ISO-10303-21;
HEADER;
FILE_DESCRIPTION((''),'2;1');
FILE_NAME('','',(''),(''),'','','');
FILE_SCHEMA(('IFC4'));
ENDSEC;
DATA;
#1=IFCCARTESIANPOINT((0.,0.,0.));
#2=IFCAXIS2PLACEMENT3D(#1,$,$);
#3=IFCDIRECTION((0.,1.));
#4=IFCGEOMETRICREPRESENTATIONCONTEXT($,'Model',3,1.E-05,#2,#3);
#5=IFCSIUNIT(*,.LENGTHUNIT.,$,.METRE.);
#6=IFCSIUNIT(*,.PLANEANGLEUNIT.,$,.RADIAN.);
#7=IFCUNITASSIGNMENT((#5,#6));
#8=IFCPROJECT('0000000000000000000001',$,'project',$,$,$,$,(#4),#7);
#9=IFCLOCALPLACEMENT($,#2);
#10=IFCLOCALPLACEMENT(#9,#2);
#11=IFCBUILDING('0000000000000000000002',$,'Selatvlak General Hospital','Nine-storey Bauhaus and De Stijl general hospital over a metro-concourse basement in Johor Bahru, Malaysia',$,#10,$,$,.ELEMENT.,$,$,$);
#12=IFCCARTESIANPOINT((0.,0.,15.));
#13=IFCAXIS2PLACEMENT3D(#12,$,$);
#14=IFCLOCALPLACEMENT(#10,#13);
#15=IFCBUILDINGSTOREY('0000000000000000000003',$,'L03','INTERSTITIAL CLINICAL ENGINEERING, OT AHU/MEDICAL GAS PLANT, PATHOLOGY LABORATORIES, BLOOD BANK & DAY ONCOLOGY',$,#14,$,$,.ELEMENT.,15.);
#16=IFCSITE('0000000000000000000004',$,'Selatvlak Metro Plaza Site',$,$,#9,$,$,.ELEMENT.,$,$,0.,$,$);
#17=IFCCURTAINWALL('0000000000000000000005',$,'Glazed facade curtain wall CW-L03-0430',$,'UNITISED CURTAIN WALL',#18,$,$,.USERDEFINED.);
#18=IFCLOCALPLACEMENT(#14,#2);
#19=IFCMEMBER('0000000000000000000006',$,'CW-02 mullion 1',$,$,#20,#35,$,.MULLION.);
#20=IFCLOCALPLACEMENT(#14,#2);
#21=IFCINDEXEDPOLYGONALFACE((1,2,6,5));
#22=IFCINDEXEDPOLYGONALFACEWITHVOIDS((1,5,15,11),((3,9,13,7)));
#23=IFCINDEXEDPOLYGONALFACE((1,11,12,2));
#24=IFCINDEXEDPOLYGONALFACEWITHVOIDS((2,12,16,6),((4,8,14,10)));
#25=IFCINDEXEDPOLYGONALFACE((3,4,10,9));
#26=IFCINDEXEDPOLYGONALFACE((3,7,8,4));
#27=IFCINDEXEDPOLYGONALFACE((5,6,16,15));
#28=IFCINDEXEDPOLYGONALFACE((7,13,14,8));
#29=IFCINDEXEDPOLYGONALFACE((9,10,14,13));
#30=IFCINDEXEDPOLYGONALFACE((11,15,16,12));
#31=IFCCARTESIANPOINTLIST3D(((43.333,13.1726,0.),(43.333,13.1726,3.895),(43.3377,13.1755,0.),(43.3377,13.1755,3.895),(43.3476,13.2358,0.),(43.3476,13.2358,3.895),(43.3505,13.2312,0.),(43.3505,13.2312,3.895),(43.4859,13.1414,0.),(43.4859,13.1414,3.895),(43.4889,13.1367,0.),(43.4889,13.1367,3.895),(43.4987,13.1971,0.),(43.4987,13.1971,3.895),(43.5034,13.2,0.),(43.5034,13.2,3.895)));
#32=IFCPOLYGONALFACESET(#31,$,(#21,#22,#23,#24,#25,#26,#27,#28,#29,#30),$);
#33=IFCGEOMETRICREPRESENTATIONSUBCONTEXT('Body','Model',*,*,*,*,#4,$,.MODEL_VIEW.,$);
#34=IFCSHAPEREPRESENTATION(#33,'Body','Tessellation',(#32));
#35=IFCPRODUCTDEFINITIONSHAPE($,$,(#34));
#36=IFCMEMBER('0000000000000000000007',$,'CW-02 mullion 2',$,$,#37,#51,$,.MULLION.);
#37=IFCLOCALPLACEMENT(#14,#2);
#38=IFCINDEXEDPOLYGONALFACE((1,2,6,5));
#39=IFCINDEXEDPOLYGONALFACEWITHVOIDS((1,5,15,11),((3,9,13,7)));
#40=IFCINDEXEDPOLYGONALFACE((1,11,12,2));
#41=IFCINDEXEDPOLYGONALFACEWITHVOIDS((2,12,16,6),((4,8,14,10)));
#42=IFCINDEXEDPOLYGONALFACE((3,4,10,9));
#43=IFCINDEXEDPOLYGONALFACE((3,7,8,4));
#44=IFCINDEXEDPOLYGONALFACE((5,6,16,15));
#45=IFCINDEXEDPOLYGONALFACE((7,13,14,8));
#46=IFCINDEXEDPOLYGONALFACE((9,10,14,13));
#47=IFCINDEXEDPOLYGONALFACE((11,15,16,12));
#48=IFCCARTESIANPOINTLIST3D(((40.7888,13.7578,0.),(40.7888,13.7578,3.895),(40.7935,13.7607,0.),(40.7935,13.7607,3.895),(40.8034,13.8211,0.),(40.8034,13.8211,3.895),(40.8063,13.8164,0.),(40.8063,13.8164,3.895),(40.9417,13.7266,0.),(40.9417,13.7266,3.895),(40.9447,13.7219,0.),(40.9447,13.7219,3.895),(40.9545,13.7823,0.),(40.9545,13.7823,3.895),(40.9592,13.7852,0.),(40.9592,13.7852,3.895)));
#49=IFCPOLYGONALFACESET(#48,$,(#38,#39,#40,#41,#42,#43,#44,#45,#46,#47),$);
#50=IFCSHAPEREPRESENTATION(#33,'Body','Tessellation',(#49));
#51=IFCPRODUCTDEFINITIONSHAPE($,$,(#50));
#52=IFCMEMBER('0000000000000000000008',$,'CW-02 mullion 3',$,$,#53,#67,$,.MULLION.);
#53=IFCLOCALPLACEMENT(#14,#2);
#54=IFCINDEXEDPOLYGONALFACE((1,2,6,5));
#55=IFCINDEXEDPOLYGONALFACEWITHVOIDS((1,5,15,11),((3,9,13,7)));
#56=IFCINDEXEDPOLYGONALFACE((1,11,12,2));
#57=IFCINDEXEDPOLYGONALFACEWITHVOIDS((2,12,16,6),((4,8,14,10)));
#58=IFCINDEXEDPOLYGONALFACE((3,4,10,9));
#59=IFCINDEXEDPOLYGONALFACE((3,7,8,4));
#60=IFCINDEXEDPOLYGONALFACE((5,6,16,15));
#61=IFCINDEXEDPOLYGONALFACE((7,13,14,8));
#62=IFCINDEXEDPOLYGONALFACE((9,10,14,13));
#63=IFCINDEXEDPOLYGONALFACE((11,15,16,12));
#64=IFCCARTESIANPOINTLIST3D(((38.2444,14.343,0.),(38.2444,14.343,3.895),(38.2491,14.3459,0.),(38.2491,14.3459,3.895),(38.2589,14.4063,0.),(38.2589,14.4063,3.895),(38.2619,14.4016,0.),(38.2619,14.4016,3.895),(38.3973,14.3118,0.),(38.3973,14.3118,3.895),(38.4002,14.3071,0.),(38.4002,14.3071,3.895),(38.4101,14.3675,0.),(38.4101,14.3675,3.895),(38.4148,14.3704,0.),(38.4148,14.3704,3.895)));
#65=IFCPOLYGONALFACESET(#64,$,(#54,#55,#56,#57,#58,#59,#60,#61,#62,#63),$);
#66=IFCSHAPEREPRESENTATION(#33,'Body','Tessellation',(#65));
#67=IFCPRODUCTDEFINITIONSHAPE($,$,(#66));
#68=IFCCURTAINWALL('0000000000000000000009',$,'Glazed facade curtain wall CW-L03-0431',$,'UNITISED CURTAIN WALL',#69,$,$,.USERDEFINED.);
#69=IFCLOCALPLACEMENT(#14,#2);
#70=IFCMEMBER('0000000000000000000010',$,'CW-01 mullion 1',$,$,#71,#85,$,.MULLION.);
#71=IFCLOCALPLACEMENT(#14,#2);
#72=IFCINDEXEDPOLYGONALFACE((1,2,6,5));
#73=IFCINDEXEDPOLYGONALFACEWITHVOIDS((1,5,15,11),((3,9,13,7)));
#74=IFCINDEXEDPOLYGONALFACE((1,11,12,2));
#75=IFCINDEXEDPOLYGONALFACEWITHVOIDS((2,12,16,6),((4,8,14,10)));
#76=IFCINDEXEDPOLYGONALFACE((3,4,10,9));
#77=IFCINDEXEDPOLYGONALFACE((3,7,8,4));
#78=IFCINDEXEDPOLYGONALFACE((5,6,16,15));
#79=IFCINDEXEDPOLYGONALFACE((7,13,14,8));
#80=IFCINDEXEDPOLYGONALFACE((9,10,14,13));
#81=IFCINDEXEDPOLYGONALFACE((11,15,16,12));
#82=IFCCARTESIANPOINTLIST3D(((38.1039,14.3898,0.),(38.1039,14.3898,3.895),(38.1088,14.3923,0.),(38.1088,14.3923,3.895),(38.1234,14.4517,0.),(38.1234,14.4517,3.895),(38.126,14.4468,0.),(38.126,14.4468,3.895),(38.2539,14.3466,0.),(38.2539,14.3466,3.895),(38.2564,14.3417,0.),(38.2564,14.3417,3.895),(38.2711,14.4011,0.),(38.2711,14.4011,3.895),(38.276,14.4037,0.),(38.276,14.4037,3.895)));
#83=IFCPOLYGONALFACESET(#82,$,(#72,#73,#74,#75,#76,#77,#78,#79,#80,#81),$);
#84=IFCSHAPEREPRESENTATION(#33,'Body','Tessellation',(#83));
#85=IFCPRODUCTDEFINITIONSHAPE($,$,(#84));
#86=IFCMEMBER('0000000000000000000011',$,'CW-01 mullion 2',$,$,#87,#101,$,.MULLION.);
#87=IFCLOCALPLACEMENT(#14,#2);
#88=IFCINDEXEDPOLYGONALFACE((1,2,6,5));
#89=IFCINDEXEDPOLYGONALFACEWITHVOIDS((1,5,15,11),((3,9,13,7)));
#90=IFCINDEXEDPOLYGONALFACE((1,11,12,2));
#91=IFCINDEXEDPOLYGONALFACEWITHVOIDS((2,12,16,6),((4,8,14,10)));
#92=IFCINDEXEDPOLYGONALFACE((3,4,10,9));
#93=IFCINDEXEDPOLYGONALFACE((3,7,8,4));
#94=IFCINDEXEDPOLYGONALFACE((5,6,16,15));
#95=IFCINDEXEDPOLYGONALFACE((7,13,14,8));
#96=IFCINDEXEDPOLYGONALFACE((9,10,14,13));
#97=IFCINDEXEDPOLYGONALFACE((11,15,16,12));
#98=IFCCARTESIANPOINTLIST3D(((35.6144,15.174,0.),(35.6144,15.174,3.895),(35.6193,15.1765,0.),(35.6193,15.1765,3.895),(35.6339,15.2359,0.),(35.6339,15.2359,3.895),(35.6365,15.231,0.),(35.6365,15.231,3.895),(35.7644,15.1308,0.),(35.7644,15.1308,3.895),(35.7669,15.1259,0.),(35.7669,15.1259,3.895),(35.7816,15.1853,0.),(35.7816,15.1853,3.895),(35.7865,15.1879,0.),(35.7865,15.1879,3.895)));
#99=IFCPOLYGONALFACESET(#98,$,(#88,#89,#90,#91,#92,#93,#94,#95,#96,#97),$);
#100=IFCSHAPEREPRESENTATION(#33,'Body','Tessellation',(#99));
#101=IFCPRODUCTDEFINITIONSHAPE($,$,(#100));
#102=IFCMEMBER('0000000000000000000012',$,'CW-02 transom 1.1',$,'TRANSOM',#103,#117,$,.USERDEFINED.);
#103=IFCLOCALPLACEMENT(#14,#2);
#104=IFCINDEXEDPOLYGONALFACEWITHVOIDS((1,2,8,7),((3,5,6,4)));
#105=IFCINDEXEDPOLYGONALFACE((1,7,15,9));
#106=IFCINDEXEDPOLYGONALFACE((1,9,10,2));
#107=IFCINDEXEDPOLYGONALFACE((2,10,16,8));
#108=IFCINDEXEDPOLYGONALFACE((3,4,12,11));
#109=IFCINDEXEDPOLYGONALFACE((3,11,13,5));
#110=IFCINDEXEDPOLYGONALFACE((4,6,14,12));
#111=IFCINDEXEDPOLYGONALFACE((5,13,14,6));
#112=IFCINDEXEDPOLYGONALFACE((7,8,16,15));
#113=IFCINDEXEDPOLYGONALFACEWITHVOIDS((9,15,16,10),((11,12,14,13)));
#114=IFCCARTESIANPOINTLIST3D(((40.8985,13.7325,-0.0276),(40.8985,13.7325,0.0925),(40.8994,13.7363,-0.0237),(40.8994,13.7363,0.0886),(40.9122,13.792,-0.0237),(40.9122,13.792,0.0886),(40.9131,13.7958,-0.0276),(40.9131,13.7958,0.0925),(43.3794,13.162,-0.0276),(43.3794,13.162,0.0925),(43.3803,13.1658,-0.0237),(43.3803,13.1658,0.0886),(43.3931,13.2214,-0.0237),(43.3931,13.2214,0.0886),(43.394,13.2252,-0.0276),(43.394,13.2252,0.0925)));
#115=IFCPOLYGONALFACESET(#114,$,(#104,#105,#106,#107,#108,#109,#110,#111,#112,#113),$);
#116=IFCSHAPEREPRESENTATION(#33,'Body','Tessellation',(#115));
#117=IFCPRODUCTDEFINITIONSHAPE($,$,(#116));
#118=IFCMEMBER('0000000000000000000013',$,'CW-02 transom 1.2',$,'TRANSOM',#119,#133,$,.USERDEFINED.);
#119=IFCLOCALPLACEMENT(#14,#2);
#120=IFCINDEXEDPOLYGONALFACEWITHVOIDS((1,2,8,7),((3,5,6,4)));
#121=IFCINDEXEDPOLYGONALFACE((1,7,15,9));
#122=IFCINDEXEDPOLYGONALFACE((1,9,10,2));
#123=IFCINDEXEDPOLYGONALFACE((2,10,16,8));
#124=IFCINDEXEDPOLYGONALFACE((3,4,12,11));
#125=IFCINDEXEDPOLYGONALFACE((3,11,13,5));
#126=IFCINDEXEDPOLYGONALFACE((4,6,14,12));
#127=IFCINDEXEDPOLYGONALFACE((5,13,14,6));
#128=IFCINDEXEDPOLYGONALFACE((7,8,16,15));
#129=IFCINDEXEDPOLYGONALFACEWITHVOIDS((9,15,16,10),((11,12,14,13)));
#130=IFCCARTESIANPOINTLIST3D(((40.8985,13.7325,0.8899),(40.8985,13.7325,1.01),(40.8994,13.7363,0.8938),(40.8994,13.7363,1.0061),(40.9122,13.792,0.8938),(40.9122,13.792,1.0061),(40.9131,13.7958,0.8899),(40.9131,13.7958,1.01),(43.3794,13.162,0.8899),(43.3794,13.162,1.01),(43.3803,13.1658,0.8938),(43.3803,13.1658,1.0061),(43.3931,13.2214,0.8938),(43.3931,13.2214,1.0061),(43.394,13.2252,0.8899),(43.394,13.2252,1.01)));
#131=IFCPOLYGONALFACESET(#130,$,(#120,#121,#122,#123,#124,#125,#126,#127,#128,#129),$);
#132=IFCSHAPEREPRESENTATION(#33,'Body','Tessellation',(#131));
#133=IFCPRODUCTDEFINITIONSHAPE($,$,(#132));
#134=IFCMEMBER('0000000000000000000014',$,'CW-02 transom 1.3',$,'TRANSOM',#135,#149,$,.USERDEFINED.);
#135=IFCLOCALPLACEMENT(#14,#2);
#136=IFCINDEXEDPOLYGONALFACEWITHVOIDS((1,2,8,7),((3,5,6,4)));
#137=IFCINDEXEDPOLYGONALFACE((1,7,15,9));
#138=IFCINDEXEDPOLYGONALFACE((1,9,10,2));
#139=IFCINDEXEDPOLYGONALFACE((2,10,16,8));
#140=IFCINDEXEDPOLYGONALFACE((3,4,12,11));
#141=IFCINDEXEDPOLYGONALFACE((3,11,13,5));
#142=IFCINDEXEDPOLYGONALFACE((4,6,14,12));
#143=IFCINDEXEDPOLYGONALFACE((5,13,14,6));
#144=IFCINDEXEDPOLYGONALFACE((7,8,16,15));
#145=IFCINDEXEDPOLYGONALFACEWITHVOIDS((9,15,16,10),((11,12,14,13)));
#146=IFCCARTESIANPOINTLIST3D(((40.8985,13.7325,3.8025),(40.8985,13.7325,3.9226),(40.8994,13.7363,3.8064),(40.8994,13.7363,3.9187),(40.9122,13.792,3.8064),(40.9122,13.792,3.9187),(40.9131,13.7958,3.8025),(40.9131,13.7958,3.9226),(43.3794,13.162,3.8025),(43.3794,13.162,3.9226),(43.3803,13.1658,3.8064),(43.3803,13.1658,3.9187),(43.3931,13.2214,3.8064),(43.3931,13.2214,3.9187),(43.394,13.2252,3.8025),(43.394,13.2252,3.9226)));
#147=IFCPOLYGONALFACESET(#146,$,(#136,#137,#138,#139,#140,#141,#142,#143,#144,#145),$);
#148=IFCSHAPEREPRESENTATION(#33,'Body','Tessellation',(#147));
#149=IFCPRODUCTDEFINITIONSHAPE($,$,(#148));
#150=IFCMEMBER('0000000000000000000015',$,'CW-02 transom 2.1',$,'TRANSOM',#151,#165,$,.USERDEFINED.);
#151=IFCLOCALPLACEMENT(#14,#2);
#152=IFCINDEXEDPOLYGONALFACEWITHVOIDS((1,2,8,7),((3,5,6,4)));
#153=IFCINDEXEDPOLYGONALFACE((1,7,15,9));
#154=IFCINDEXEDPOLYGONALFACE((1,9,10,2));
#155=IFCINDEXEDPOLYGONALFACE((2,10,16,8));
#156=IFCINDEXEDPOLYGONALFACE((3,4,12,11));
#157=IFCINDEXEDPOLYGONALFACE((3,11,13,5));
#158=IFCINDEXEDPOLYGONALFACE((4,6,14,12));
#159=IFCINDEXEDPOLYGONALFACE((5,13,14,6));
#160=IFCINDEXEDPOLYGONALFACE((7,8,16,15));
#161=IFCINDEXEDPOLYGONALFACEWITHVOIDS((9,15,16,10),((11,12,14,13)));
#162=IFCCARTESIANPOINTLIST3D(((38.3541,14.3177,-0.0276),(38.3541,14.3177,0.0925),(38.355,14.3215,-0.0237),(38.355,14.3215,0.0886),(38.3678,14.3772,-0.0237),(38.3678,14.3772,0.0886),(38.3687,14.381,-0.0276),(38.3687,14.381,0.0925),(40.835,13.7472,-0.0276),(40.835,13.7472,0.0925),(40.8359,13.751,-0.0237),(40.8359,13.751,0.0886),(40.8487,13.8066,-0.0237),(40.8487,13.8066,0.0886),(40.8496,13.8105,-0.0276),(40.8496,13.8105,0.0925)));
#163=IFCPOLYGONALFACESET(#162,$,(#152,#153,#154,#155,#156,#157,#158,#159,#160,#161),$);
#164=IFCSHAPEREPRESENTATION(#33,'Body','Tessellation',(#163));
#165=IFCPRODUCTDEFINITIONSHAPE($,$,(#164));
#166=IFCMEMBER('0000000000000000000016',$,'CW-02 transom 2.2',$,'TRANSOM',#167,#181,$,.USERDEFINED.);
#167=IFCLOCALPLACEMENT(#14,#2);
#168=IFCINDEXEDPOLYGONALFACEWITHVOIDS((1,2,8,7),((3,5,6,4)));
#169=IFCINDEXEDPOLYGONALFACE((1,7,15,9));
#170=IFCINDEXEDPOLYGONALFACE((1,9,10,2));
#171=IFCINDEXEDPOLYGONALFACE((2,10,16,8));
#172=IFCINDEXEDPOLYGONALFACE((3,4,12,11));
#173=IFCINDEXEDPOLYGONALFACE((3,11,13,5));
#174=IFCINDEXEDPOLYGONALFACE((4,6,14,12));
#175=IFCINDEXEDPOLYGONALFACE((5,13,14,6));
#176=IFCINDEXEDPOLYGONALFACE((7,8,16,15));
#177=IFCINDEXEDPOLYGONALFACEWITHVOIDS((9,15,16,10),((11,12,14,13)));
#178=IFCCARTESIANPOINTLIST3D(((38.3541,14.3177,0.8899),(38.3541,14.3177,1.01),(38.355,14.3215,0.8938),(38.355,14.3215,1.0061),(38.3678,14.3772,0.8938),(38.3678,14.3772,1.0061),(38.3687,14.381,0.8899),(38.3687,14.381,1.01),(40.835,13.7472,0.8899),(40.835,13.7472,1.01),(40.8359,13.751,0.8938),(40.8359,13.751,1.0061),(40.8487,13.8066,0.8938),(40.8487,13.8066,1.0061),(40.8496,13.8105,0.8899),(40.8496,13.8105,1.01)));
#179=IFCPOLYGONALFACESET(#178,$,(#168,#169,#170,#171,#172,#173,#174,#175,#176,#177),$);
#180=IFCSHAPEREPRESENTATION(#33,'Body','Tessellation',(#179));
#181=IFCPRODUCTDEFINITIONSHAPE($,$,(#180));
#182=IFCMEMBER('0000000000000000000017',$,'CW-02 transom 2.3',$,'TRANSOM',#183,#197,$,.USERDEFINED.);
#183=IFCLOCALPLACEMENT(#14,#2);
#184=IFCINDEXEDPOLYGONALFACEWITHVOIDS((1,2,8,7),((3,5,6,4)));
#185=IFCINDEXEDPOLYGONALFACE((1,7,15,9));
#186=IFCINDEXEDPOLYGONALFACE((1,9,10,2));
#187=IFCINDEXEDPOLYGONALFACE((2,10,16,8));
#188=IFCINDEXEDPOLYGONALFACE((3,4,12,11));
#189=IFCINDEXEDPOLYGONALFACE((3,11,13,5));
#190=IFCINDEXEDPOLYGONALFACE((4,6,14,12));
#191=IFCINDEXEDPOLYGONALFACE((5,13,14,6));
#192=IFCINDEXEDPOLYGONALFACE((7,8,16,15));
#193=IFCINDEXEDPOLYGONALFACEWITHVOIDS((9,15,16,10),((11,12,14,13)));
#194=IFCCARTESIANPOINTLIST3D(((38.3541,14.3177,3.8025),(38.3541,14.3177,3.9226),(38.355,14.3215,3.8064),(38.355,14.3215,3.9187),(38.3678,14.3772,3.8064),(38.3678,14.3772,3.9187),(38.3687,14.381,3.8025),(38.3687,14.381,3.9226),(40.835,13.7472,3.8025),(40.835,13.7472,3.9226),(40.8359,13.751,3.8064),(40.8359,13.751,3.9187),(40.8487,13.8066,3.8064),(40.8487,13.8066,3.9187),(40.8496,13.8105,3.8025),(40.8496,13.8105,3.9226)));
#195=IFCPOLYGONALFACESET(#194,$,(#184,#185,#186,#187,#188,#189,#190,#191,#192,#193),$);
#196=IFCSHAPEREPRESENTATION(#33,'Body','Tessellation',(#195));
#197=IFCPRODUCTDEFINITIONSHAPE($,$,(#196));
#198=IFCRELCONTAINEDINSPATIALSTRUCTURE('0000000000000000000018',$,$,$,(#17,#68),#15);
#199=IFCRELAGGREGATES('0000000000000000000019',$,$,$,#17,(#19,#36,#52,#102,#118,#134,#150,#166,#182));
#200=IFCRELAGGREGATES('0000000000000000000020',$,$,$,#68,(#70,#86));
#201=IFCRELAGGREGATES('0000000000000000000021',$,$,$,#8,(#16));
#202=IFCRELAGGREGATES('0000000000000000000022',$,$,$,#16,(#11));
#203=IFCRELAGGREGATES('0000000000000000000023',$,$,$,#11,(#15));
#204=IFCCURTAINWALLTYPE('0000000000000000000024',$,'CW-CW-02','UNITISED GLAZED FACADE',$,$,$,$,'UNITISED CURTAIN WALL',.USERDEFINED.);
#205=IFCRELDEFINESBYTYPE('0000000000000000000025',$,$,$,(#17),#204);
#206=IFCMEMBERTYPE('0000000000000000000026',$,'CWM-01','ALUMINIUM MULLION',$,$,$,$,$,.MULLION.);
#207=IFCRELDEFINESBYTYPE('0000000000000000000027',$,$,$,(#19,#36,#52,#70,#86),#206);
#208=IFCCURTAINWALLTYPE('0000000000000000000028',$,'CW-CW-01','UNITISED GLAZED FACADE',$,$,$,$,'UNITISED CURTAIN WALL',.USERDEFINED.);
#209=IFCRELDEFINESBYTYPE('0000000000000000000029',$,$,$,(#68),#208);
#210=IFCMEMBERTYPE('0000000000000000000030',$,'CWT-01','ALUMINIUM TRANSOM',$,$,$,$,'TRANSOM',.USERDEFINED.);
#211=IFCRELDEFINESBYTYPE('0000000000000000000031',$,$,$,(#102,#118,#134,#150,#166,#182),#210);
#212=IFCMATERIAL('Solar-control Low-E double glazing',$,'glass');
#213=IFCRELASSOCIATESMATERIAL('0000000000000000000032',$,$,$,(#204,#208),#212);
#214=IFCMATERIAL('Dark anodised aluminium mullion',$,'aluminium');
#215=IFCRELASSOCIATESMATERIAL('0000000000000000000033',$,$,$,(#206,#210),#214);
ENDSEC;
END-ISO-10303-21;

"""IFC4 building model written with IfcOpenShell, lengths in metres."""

from ifc_helpers import new_model, si_unit, direction, frame, origin, origin_2d, place, context, subcontext, project, spatial, hollow_rectangle, extrude, material, material_profile, profile_set, type_object, element, aggregate, save


model = new_model("IFC4")

# Units and contexts
model_context = context("Model", 3, precision=1e-05, world=origin(), true_north=direction((0.0, 1.0)))
body_context = subcontext(model_context, "Body", "Model", "MODEL_VIEW")
ifc_project = project(units=[si_unit("LENGTHUNIT", "METRE"), si_unit("PLANEANGLEUNIT", "RADIAN")], contexts=[model_context])

# Site, building, storey
site_placement = place(None, origin())
site = spatial("IfcSite", under=ifc_project, at=site_placement, Name="Selatvlak Metro Plaza Site", CompositionType="ELEMENT", RefElevation=0.0)
building_placement = place(site_placement, origin())
building = spatial("IfcBuilding", under=site, at=building_placement, Name="Selatvlak General Hospital", Description="Nine-storey Bauhaus and De Stijl general hospital over a metro-concourse basement in Johor Bahru, Malaysia", CompositionType="ELEMENT")
storey_placement = place(building_placement, frame((0.0, 0.0, 15.0)))
storey = spatial("IfcBuildingStorey", under=building, at=storey_placement, Name="L03", Description="INTERSTITIAL CLINICAL ENGINEERING, OT AHU/MEDICAL GAS PLANT, PATHOLOGY LABORATORIES, BLOOD BANK & DAY ONCOLOGY", CompositionType="ELEMENT", Elevation=15.0)

# Curtain walls, members
ifc_material_1 = material(Name="Solar-control Low-E double glazing", Category="glass")
curtain_wall_type_1 = type_object("IfcCurtainWallType", Name="CW-CW-02", Description="UNITISED GLAZED FACADE", ElementType="UNITISED CURTAIN WALL", PredefinedType="USERDEFINED", material=ifc_material_1)
curtain_wall_1_placement = place(storey_placement, origin())
curtain_wall_1 = element("IfcCurtainWall", 1, at=curtain_wall_1_placement, inside=storey, type_object=curtain_wall_type_1, Name="Glazed facade curtain wall CW-L03-0430", ObjectType="UNITISED CURTAIN WALL", PredefinedType="USERDEFINED")
ifc_material_2 = material(Name="Dark anodised aluminium mullion", Category="aluminium")
ifc_material_profile_1 = material_profile(ifc_material_2, hollow_rectangle(XDim=0.0649, YDim=0.1599, WallThickness=0.0039, at=origin_2d()), Name="AL-MUL 65x160x4")
ifc_profile_set_1 = profile_set([ifc_material_profile_1], Name="Dark anodised aluminium mullion")
member_type_1 = type_object("IfcMemberType", Name="CWM-01", Description="ALUMINIUM MULLION", PredefinedType="MULLION", material=ifc_profile_set_1)
member_1_placement = place(storey_placement, frame((43.4182, 13.1863, 0.0), z_axis=(0.0, 0.0, 1.0), x_axis=(-0.224155, -0.974554, 0.0)))
member_1 = element("IfcMember", 2, at=member_1_placement, type_object=member_type_1, Name="CW-02 mullion 1", PredefinedType="MULLION", context=body_context, shape_type="SweptSolid", body=[
    extrude(hollow_rectangle(XDim=0.0649, YDim=0.1599, WallThickness=0.0039, at=origin_2d()), origin(), (0.0, 0.0, 1.0), 3.895),
])
member_2_placement = place(storey_placement, frame((40.874, 13.7715, 0.0), z_axis=(0.0, 0.0, 1.0), x_axis=(-0.224155, -0.974554, 0.0)))
member_2 = element("IfcMember", 3, at=member_2_placement, type_object=member_type_1, Name="CW-02 mullion 2", PredefinedType="MULLION", context=body_context, shape_type="SweptSolid", body=[
    extrude(hollow_rectangle(XDim=0.0649, YDim=0.1599, WallThickness=0.0039, at=origin_2d()), origin(), (0.0, 0.0, 1.0), 3.895),
])
member_3_placement = place(storey_placement, frame((38.3296, 14.3567, 0.0), z_axis=(0.0, 0.0, 1.0), x_axis=(-0.224155, -0.974554, 0.0)))
member_3 = element("IfcMember", 4, at=member_3_placement, type_object=member_type_1, Name="CW-02 mullion 3", PredefinedType="MULLION", context=body_context, shape_type="SweptSolid", body=[
    extrude(hollow_rectangle(XDim=0.0649, YDim=0.1599, WallThickness=0.0039, at=origin_2d()), origin(), (0.0, 0.0, 1.0), 3.895),
])
curtain_wall_type_2 = type_object("IfcCurtainWallType", Name="CW-CW-01", Description="UNITISED GLAZED FACADE", ElementType="UNITISED CURTAIN WALL", PredefinedType="USERDEFINED", material=ifc_material_1)
curtain_wall_2_placement = place(storey_placement, origin())
curtain_wall_2 = element("IfcCurtainWall", 5, at=curtain_wall_2_placement, inside=storey, type_object=curtain_wall_type_2, Name="Glazed facade curtain wall CW-L03-0431", ObjectType="UNITISED CURTAIN WALL", PredefinedType="USERDEFINED")
member_4_placement = place(storey_placement, frame((38.1899, 14.3967, 0.0), z_axis=(0.0, 0.0, 1.0), x_axis=(-0.300461, -0.953794, 0.0)))
member_4 = element("IfcMember", 6, at=member_4_placement, type_object=member_type_1, Name="CW-01 mullion 1", PredefinedType="MULLION", context=body_context, shape_type="SweptSolid", body=[
    extrude(hollow_rectangle(XDim=0.0649, YDim=0.1599, WallThickness=0.0039, at=origin_2d()), origin(), (0.0, 0.0, 1.0), 3.895),
])
member_5_placement = place(storey_placement, frame((35.7004, 15.1809, 0.0), z_axis=(0.0, 0.0, 1.0), x_axis=(-0.300461, -0.953794, 0.0)))
member_5 = element("IfcMember", 7, at=member_5_placement, type_object=member_type_1, Name="CW-01 mullion 2", PredefinedType="MULLION", context=body_context, shape_type="SweptSolid", body=[
    extrude(hollow_rectangle(XDim=0.0649, YDim=0.1599, WallThickness=0.0039, at=origin_2d()), origin(), (0.0, 0.0, 1.0), 3.895),
])

# Members
ifc_material_profile_2 = material_profile(ifc_material_2, hollow_rectangle(XDim=0.0649, YDim=0.1201, WallThickness=0.0039, at=origin_2d()), Name="AL-TRN 65x120x4")
ifc_profile_set_2 = profile_set([ifc_material_profile_2], Name="Dark anodised aluminium mullion")
member_type_2 = type_object("IfcMemberType", Name="CWT-01", Description="ALUMINIUM TRANSOM", ElementType="TRANSOM", PredefinedType="USERDEFINED", material=ifc_profile_set_2)
member_6_placement = place(storey_placement, frame((43.3867, 13.1936, 0.0325), z_axis=(-0.974561, 0.224124, 0.0), x_axis=(-0.224124, -0.974561, 0.0)))
member_6 = element("IfcMember", 8, at=member_6_placement, type_object=member_type_2, Name="CW-02 transom 1.1", ObjectType="TRANSOM", PredefinedType="USERDEFINED", context=body_context, shape_type="SweptSolid", body=[
    extrude(hollow_rectangle(XDim=0.0649, YDim=0.1201, WallThickness=0.0039, at=origin_2d()), origin(), (0.0, 0.0, 1.0), 2.5457),
])
member_7_placement = place(storey_placement, frame((43.3867, 13.1936, 0.95), z_axis=(-0.974561, 0.224124, 0.0), x_axis=(-0.224124, -0.974561, 0.0)))
member_7 = element("IfcMember", 9, at=member_7_placement, type_object=member_type_2, Name="CW-02 transom 1.2", ObjectType="TRANSOM", PredefinedType="USERDEFINED", context=body_context, shape_type="SweptSolid", body=[
    extrude(hollow_rectangle(XDim=0.0649, YDim=0.1201, WallThickness=0.0039, at=origin_2d()), origin(), (0.0, 0.0, 1.0), 2.5457),
])
member_8_placement = place(storey_placement, frame((43.3867, 13.1936, 3.8625), z_axis=(-0.974561, 0.224124, 0.0), x_axis=(-0.224124, -0.974561, 0.0)))
member_8 = element("IfcMember", 10, at=member_8_placement, type_object=member_type_2, Name="CW-02 transom 1.3", ObjectType="TRANSOM", PredefinedType="USERDEFINED", context=body_context, shape_type="SweptSolid", body=[
    extrude(hollow_rectangle(XDim=0.0649, YDim=0.1201, WallThickness=0.0039, at=origin_2d()), origin(), (0.0, 0.0, 1.0), 2.5457),
])
member_9_placement = place(storey_placement, frame((40.8423, 13.7788, 0.0325), z_axis=(-0.974561, 0.224124, 0.0), x_axis=(-0.224124, -0.974561, 0.0)))
member_9 = element("IfcMember", 11, at=member_9_placement, type_object=member_type_2, Name="CW-02 transom 2.1", ObjectType="TRANSOM", PredefinedType="USERDEFINED", context=body_context, shape_type="SweptSolid", body=[
    extrude(hollow_rectangle(XDim=0.0649, YDim=0.1201, WallThickness=0.0039, at=origin_2d()), origin(), (0.0, 0.0, 1.0), 2.5457),
])
member_10_placement = place(storey_placement, frame((40.8423, 13.7788, 0.95), z_axis=(-0.974561, 0.224124, 0.0), x_axis=(-0.224124, -0.974561, 0.0)))
member_10 = element("IfcMember", 12, at=member_10_placement, type_object=member_type_2, Name="CW-02 transom 2.2", ObjectType="TRANSOM", PredefinedType="USERDEFINED", context=body_context, shape_type="SweptSolid", body=[
    extrude(hollow_rectangle(XDim=0.0649, YDim=0.1201, WallThickness=0.0039, at=origin_2d()), origin(), (0.0, 0.0, 1.0), 2.5457),
])
member_11_placement = place(storey_placement, frame((40.8423, 13.7788, 3.8625), z_axis=(-0.974561, 0.224124, 0.0), x_axis=(-0.224124, -0.974561, 0.0)))
member_11 = element("IfcMember", 13, at=member_11_placement, type_object=member_type_2, Name="CW-02 transom 2.3", ObjectType="TRANSOM", PredefinedType="USERDEFINED", context=body_context, shape_type="SweptSolid", body=[
    extrude(hollow_rectangle(XDim=0.0649, YDim=0.1201, WallThickness=0.0039, at=origin_2d()), origin(), (0.0, 0.0, 1.0), 2.5457),
])

aggregate(curtain_wall_1, [member_1, member_2, member_3, member_6, member_7, member_8, member_9, member_10, member_11])
aggregate(curtain_wall_2, [member_4, member_5])

save(model, "model.ifc")
